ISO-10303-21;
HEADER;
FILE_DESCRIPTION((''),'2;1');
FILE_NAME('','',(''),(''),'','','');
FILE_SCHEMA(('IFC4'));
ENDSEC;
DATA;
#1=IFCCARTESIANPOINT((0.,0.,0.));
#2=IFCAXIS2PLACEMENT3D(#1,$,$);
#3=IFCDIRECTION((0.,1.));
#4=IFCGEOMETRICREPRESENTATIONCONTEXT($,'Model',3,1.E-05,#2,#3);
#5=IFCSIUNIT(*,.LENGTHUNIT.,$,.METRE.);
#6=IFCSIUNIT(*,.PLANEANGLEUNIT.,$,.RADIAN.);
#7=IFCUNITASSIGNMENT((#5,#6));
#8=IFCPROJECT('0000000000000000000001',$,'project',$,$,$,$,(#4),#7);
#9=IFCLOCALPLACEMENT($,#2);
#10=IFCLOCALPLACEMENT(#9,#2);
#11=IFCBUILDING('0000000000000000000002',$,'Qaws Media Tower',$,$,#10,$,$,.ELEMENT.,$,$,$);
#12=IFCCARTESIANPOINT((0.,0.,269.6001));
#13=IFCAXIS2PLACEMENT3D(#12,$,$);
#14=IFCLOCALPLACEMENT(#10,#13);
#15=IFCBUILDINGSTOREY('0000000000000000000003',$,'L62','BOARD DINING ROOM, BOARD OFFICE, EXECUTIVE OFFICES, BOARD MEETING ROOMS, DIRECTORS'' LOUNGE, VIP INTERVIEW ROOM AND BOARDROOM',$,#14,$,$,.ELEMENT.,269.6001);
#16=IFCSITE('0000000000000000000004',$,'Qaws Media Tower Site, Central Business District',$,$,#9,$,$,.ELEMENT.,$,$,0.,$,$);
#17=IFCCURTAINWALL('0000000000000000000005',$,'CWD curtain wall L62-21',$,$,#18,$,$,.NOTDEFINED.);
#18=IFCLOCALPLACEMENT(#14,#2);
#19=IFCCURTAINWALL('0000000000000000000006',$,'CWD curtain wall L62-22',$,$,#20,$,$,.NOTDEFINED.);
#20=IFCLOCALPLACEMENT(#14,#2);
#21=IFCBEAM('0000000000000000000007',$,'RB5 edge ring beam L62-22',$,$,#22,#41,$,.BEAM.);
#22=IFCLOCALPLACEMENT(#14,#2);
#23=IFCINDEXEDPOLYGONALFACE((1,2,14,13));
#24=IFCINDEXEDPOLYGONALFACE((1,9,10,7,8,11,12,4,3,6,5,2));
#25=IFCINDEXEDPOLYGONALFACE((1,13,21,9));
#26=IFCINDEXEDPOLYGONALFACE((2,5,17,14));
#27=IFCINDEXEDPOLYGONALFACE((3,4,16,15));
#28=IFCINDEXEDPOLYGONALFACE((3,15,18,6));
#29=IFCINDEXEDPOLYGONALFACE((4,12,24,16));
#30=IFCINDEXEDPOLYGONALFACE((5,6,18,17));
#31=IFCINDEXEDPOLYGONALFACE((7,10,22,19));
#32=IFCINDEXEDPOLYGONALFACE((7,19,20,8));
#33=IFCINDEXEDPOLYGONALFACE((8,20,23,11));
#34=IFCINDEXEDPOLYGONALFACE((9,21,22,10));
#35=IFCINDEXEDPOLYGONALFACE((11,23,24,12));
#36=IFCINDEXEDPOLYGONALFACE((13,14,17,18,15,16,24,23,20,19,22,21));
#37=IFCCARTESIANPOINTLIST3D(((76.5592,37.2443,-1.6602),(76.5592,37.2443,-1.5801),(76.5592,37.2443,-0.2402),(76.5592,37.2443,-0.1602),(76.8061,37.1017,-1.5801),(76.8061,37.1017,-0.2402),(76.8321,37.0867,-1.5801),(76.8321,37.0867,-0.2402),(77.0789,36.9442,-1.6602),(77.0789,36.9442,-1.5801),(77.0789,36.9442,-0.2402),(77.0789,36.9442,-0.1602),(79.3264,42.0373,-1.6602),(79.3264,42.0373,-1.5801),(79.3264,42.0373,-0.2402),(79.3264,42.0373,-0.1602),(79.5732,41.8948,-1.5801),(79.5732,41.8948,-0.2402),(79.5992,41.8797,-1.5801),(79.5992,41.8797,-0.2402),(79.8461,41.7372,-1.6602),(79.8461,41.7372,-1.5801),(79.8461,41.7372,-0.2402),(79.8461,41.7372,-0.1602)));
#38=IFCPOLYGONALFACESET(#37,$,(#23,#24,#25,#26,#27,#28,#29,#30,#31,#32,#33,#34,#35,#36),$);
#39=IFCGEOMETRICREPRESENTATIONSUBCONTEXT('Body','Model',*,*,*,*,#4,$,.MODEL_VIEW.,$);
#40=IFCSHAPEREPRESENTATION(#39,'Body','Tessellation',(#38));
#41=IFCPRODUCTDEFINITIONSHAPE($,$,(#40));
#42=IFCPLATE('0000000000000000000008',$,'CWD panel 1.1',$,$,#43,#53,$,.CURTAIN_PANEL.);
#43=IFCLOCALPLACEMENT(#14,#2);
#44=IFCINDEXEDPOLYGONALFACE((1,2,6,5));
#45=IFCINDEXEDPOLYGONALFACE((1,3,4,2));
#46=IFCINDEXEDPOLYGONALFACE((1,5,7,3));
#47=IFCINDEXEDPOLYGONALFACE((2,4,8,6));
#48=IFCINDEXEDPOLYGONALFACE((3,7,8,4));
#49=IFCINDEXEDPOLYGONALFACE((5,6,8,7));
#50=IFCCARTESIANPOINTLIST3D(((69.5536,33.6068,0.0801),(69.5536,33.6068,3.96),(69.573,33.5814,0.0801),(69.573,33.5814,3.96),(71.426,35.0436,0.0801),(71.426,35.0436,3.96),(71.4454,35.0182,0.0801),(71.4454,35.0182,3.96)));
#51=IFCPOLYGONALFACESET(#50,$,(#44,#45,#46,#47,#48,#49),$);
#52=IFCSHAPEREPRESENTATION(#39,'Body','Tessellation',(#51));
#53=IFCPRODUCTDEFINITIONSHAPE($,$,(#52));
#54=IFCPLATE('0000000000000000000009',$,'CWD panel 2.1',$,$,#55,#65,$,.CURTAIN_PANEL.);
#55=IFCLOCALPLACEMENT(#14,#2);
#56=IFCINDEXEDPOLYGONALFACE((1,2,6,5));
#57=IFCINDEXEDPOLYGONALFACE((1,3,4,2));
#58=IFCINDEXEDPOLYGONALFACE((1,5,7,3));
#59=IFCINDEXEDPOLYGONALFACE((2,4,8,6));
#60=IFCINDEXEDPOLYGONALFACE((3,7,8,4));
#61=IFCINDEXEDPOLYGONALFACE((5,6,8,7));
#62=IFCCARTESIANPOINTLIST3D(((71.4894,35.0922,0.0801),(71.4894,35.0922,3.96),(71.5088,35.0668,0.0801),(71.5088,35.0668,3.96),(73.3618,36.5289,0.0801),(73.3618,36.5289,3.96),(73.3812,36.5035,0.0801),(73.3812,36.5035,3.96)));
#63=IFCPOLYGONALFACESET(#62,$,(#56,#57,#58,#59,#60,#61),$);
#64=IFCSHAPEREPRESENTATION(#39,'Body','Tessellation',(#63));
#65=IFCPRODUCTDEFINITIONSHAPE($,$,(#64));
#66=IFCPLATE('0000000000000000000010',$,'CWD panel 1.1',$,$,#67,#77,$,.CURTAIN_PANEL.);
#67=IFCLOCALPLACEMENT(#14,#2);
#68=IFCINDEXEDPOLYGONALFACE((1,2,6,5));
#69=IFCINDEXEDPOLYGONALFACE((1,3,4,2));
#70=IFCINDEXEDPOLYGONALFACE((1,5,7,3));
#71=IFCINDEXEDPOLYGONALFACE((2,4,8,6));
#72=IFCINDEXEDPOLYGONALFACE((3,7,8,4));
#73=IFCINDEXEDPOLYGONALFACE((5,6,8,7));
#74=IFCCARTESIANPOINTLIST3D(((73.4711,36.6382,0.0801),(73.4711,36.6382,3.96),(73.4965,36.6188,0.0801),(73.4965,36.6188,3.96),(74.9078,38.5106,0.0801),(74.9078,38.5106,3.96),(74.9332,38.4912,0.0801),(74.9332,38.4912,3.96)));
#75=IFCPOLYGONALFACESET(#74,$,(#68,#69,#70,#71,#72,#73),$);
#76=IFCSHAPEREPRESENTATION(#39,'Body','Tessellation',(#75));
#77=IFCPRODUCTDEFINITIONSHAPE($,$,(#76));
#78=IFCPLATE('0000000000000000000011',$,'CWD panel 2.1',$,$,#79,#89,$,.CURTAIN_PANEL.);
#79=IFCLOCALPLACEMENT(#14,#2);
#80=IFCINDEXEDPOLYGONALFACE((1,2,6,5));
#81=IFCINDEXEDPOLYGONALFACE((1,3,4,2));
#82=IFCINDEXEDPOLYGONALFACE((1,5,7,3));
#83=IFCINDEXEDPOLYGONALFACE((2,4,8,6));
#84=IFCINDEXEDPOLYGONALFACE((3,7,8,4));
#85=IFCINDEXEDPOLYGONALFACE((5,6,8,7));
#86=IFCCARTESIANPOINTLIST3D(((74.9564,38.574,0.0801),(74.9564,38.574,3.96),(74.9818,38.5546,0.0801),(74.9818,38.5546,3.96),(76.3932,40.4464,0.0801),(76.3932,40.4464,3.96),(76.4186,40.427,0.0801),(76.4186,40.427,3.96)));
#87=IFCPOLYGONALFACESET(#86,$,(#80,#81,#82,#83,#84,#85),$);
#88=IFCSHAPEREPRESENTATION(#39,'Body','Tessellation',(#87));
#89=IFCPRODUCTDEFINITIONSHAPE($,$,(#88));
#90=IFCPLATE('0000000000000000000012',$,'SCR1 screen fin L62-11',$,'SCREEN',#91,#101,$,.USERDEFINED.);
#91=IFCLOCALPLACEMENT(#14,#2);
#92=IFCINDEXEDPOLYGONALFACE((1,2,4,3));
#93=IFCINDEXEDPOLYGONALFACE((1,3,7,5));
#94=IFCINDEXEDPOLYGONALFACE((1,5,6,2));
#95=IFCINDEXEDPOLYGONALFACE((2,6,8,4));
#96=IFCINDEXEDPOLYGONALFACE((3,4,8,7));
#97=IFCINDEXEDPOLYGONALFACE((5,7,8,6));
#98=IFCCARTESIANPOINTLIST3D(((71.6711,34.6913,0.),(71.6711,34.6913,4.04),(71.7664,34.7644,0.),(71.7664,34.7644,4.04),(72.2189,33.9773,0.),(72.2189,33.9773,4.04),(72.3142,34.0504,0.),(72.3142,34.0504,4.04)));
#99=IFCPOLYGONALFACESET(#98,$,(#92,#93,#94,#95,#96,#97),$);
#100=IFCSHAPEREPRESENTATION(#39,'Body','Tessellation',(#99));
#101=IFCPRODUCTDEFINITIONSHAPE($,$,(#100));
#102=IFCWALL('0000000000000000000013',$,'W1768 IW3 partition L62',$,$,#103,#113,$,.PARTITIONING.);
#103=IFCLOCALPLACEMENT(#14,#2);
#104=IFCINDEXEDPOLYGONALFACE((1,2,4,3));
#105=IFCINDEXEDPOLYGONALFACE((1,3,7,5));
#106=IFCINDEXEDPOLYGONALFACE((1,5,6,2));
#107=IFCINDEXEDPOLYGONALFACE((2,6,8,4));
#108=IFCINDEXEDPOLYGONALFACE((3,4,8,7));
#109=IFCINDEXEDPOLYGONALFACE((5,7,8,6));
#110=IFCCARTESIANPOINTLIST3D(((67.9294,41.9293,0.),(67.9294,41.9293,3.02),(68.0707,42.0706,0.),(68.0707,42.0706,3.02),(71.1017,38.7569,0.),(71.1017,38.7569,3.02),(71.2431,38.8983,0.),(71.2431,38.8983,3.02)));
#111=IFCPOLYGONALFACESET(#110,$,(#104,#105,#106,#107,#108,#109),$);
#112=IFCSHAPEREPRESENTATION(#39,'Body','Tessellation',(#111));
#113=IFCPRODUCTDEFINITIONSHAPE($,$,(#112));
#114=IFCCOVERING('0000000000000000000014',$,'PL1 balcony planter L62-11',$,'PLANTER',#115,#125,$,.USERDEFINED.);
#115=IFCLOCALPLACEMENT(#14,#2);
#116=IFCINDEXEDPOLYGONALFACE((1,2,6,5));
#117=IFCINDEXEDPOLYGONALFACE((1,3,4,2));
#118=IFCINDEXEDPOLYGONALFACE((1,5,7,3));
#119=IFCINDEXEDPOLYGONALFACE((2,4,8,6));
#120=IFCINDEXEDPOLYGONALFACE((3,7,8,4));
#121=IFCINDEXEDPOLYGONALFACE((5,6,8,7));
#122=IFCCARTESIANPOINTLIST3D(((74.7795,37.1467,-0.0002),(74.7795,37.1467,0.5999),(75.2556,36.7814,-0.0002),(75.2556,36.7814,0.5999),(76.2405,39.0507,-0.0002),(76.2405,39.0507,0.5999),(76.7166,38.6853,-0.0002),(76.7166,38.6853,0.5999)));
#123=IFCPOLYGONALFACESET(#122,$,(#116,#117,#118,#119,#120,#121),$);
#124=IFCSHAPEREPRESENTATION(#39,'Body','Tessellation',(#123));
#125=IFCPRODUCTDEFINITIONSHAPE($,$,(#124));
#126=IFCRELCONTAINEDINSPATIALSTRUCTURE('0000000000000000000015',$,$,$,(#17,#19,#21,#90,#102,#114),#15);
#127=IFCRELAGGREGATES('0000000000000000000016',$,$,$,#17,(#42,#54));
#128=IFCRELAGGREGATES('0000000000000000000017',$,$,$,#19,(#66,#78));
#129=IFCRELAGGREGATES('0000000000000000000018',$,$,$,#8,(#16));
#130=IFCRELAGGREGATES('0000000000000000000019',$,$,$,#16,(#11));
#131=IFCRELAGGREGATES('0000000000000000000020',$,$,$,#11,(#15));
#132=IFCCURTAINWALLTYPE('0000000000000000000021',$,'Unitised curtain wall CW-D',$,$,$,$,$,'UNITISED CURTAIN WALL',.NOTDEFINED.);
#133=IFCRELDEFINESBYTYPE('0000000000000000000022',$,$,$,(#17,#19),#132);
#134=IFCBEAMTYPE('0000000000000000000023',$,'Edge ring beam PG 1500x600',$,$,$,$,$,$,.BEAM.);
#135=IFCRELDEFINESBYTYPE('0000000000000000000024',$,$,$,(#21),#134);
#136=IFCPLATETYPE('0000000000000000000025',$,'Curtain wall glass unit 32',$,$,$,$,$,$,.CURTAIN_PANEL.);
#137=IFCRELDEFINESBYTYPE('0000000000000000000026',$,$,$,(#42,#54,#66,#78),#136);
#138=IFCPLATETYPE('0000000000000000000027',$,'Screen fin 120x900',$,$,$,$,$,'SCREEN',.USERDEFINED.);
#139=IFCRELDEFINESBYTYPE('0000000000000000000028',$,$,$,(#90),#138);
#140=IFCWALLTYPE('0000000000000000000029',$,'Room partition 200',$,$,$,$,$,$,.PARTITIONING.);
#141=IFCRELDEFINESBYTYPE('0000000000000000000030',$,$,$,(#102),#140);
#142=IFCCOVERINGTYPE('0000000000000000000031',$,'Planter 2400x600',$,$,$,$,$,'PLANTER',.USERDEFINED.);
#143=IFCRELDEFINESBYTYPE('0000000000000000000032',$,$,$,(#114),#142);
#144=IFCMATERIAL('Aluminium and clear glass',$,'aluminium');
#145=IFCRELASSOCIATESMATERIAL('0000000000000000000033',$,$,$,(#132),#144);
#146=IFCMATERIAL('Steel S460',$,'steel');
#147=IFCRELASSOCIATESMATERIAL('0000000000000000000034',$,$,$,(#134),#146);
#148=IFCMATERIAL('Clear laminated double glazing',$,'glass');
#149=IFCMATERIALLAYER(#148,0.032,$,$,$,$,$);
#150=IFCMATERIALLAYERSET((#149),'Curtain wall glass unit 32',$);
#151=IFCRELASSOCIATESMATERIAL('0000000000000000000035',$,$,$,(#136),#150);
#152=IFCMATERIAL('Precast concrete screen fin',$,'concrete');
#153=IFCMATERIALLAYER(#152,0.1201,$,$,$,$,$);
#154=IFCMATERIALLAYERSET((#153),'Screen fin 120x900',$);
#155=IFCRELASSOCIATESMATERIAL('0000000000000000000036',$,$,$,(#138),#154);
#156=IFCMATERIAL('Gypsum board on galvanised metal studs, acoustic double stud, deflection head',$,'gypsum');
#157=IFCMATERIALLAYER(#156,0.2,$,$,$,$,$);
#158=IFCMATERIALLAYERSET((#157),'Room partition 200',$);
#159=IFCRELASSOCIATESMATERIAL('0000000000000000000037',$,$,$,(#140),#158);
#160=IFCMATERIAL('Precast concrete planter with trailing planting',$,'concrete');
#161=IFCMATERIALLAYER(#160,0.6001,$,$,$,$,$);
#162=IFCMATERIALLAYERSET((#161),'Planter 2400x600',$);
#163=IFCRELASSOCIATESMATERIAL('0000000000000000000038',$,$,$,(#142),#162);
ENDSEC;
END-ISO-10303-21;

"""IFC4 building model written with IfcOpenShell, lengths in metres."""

from ifc_helpers import new_model, si_unit, direction, frame, frame_2d, origin, origin_2d, place, context, subcontext, project, spatial, rectangle, i_section, extrude, material, layer, layer_set, material_profile, profile_set, type_object, element, aggregate, save


model = new_model("IFC4")

# Units and contexts
model_context = context("Model", 3, precision=1e-05, world=origin(), true_north=direction((0.0, 1.0)))
body_context = subcontext(model_context, "Body", "Model", "MODEL_VIEW")
ifc_project = project(units=[si_unit("LENGTHUNIT", "METRE"), si_unit("PLANEANGLEUNIT", "RADIAN")], contexts=[model_context])

# Site, building, storey
site_placement = place(None, origin())
site = spatial("IfcSite", under=ifc_project, at=site_placement, Name="Qaws Media Tower Site, Central Business District", CompositionType="ELEMENT", RefElevation=0.0)
building_placement = place(site_placement, origin())
building = spatial("IfcBuilding", under=site, at=building_placement, Name="Qaws Media Tower", CompositionType="ELEMENT")
storey_placement = place(building_placement, frame((0.0, 0.0, 269.6001)))
storey = spatial("IfcBuildingStorey", under=building, at=storey_placement, Name="L62", Description="BOARD DINING ROOM, BOARD OFFICE, EXECUTIVE OFFICES, BOARD MEETING ROOMS, DIRECTORS' LOUNGE, VIP INTERVIEW ROOM AND BOARDROOM", CompositionType="ELEMENT", Elevation=269.6001)

# Curtain walls
ifc_material_1 = material(Name="Aluminium and clear glass", Category="aluminium")
curtain_wall_type = type_object("IfcCurtainWallType", Name="Unitised curtain wall CW-D", ElementType="UNITISED CURTAIN WALL", PredefinedType="NOTDEFINED", material=ifc_material_1)
curtain_wall_1_placement = place(storey_placement, origin())
curtain_wall_1 = element("IfcCurtainWall", 1, at=curtain_wall_1_placement, inside=storey, type_object=curtain_wall_type, Name="CWD curtain wall L62-21", PredefinedType="NOTDEFINED")
curtain_wall_2_placement = place(storey_placement, origin())
curtain_wall_2 = element("IfcCurtainWall", 2, at=curtain_wall_2_placement, inside=storey, type_object=curtain_wall_type, Name="CWD curtain wall L62-22", PredefinedType="NOTDEFINED")

# Beam
ifc_material_2 = material(Name="Steel S460", Category="steel")
ifc_material_profile_1 = material_profile(ifc_material_2, i_section(OverallWidth=0.6001, OverallDepth=1.5, WebThickness=0.03, FlangeThickness=0.0801, at=origin_2d()), Name="PG 1500x600")
ifc_profile_set_1 = profile_set([ifc_material_profile_1], Name="Steel S460")
beam_type = type_object("IfcBeamType", Name="Edge ring beam PG 1500x600", PredefinedType="BEAM", material=ifc_profile_set_1)
beam_1_placement = place(storey_placement, frame((76.8191, 37.0942, -0.9102), z_axis=(0.499982, 0.866036, 0.0), x_axis=(-0.866036, 0.499982, 0.0)))
element("IfcBeam", 3, at=beam_1_placement, inside=storey, type_object=beam_type, Name="RB5 edge ring beam L62-22", PredefinedType="BEAM", context=body_context, shape_type="SweptSolid", body=[
    extrude(i_section(OverallWidth=0.6001, OverallDepth=1.5, WebThickness=0.03, FlangeThickness=0.0801, at=origin_2d()), origin(), (0.0, 0.0, 1.0), 5.5344),
])

# Plates
ifc_material_3 = material(Name="Clear laminated double glazing", Category="glass")
ifc_layer_1 = layer(ifc_material_3, 0.032)
ifc_layer_set_1 = layer_set([ifc_layer_1], Name="Curtain wall glass unit 32")
plate_type_1 = type_object("IfcPlateType", Name="Curtain wall glass unit 32", PredefinedType="CURTAIN_PANEL", material=ifc_layer_set_1)
plate_1_placement = place(storey_placement, frame((70.4995, 34.3125, 0.0801), z_axis=(0.0, 0.0, 1.0), x_axis=(0.793353, 0.608761, 0.0)))
plate_1 = element("IfcPlate", 4, at=plate_1_placement, type_object=plate_type_1, Name="CWD panel 1.1", PredefinedType="CURTAIN_PANEL", context=body_context, shape_type="SweptSolid", body=[
    extrude(rectangle(XDim=2.3601, YDim=0.032, at=origin_2d()), origin(), (0.0, 0.0, 1.0), 3.8799),
])
plate_2_placement = place(storey_placement, frame((72.4353, 35.7979, 0.0801), z_axis=(0.0, 0.0, 1.0), x_axis=(0.793353, 0.608761, 0.0)))
plate_2 = element("IfcPlate", 5, at=plate_2_placement, type_object=plate_type_1, Name="CWD panel 2.1", PredefinedType="CURTAIN_PANEL", context=body_context, shape_type="SweptSolid", body=[
    extrude(rectangle(XDim=2.3601, YDim=0.032, at=origin_2d()), origin(), (0.0, 0.0, 1.0), 3.8799),
])
aggregate(curtain_wall_1, [plate_1, plate_2])
plate_3_placement = place(storey_placement, frame((74.2021, 37.5647, 0.0801), z_axis=(0.0, 0.0, 1.0), x_axis=(0.608761, 0.793353, 0.0)))
plate_3 = element("IfcPlate", 6, at=plate_3_placement, type_object=plate_type_1, Name="CWD panel 1.1", PredefinedType="CURTAIN_PANEL", context=body_context, shape_type="SweptSolid", body=[
    extrude(rectangle(XDim=2.3601, YDim=0.032, at=origin_2d()), origin(), (0.0, 0.0, 1.0), 3.8799),
])
plate_4_placement = place(storey_placement, frame((75.6875, 39.5005, 0.0801), z_axis=(0.0, 0.0, 1.0), x_axis=(0.608761, 0.793353, 0.0)))
plate_4 = element("IfcPlate", 7, at=plate_4_placement, type_object=plate_type_1, Name="CWD panel 2.1", PredefinedType="CURTAIN_PANEL", context=body_context, shape_type="SweptSolid", body=[
    extrude(rectangle(XDim=2.3601, YDim=0.032, at=origin_2d()), origin(), (0.0, 0.0, 1.0), 3.8799),
])
aggregate(curtain_wall_2, [plate_3, plate_4])
ifc_material_4 = material(Name="Precast concrete screen fin", Category="concrete")
ifc_layer_2 = layer(ifc_material_4, 0.1201)
ifc_layer_set_2 = layer_set([ifc_layer_2], Name="Screen fin 120x900")
plate_type_2 = type_object("IfcPlateType", Name="Screen fin 120x900", ElementType="SCREEN", PredefinedType="USERDEFINED", material=ifc_layer_set_2)
plate_5_placement = place(storey_placement, frame((71.9927, 34.3708, 0.0), z_axis=(0.0, 0.0, 1.0), x_axis=(0.608761, -0.793353, 0.0)))
element("IfcPlate", 8, at=plate_5_placement, inside=storey, type_object=plate_type_2, Name="SCR1 screen fin L62-11", ObjectType="SCREEN", PredefinedType="USERDEFINED", context=body_context, shape_type="SweptSolid", body=[
    extrude(rectangle(XDim=0.8999, YDim=0.1201, at=origin_2d()), origin(), (0.0, 0.0, 1.0), 4.04),
])

# Wall
ifc_material_5 = material(Name="Gypsum board on galvanised metal studs, acoustic double stud, deflection head", Category="gypsum")
ifc_layer_3 = layer(ifc_material_5, 0.2)
ifc_layer_set_3 = layer_set([ifc_layer_3], Name="Room partition 200")
wall_type = type_object("IfcWallType", Name="Room partition 200", PredefinedType="PARTITIONING", material=ifc_layer_set_3)
wall_placement = place(storey_placement, frame((71.1724, 38.8276, 0.0), z_axis=(0.0, 0.0, 1.0), x_axis=(-0.707107, 0.707107, 0.0)))
element("IfcWall", 9, at=wall_placement, inside=storey, type_object=wall_type, Name="W1768 IW3 partition L62", PredefinedType="PARTITIONING", context=body_context, shape_type="SweptSolid", body=[
    extrude(rectangle(XDim=4.4863, YDim=0.2, at=frame_2d((2.2432, 0.0))), origin(), (0.0, 0.0, 1.0), 3.02),
])

# Covering
ifc_material_6 = material(Name="Precast concrete planter with trailing planting", Category="concrete")
ifc_layer_4 = layer(ifc_material_6, 0.6001)
ifc_layer_set_4 = layer_set([ifc_layer_4], Name="Planter 2400x600")
covering_type = type_object("IfcCoveringType", Name="Planter 2400x600", ElementType="PLANTER", PredefinedType="USERDEFINED", material=ifc_layer_set_4)
covering_placement = place(storey_placement, frame((75.748, 37.916, -0.0002), z_axis=(0.0, 0.0, 1.0), x_axis=(0.608761, 0.793353, 0.0)))
element("IfcCovering", 10, at=covering_placement, inside=storey, type_object=covering_type, Name="PL1 balcony planter L62-11", ObjectType="PLANTER", PredefinedType="USERDEFINED", context=body_context, shape_type="SweptSolid", body=[
    extrude(rectangle(XDim=2.3999, YDim=0.6001, at=origin_2d()), origin(), (0.0, 0.0, 1.0), 0.6001),
])

save(model, "model.ifc")
